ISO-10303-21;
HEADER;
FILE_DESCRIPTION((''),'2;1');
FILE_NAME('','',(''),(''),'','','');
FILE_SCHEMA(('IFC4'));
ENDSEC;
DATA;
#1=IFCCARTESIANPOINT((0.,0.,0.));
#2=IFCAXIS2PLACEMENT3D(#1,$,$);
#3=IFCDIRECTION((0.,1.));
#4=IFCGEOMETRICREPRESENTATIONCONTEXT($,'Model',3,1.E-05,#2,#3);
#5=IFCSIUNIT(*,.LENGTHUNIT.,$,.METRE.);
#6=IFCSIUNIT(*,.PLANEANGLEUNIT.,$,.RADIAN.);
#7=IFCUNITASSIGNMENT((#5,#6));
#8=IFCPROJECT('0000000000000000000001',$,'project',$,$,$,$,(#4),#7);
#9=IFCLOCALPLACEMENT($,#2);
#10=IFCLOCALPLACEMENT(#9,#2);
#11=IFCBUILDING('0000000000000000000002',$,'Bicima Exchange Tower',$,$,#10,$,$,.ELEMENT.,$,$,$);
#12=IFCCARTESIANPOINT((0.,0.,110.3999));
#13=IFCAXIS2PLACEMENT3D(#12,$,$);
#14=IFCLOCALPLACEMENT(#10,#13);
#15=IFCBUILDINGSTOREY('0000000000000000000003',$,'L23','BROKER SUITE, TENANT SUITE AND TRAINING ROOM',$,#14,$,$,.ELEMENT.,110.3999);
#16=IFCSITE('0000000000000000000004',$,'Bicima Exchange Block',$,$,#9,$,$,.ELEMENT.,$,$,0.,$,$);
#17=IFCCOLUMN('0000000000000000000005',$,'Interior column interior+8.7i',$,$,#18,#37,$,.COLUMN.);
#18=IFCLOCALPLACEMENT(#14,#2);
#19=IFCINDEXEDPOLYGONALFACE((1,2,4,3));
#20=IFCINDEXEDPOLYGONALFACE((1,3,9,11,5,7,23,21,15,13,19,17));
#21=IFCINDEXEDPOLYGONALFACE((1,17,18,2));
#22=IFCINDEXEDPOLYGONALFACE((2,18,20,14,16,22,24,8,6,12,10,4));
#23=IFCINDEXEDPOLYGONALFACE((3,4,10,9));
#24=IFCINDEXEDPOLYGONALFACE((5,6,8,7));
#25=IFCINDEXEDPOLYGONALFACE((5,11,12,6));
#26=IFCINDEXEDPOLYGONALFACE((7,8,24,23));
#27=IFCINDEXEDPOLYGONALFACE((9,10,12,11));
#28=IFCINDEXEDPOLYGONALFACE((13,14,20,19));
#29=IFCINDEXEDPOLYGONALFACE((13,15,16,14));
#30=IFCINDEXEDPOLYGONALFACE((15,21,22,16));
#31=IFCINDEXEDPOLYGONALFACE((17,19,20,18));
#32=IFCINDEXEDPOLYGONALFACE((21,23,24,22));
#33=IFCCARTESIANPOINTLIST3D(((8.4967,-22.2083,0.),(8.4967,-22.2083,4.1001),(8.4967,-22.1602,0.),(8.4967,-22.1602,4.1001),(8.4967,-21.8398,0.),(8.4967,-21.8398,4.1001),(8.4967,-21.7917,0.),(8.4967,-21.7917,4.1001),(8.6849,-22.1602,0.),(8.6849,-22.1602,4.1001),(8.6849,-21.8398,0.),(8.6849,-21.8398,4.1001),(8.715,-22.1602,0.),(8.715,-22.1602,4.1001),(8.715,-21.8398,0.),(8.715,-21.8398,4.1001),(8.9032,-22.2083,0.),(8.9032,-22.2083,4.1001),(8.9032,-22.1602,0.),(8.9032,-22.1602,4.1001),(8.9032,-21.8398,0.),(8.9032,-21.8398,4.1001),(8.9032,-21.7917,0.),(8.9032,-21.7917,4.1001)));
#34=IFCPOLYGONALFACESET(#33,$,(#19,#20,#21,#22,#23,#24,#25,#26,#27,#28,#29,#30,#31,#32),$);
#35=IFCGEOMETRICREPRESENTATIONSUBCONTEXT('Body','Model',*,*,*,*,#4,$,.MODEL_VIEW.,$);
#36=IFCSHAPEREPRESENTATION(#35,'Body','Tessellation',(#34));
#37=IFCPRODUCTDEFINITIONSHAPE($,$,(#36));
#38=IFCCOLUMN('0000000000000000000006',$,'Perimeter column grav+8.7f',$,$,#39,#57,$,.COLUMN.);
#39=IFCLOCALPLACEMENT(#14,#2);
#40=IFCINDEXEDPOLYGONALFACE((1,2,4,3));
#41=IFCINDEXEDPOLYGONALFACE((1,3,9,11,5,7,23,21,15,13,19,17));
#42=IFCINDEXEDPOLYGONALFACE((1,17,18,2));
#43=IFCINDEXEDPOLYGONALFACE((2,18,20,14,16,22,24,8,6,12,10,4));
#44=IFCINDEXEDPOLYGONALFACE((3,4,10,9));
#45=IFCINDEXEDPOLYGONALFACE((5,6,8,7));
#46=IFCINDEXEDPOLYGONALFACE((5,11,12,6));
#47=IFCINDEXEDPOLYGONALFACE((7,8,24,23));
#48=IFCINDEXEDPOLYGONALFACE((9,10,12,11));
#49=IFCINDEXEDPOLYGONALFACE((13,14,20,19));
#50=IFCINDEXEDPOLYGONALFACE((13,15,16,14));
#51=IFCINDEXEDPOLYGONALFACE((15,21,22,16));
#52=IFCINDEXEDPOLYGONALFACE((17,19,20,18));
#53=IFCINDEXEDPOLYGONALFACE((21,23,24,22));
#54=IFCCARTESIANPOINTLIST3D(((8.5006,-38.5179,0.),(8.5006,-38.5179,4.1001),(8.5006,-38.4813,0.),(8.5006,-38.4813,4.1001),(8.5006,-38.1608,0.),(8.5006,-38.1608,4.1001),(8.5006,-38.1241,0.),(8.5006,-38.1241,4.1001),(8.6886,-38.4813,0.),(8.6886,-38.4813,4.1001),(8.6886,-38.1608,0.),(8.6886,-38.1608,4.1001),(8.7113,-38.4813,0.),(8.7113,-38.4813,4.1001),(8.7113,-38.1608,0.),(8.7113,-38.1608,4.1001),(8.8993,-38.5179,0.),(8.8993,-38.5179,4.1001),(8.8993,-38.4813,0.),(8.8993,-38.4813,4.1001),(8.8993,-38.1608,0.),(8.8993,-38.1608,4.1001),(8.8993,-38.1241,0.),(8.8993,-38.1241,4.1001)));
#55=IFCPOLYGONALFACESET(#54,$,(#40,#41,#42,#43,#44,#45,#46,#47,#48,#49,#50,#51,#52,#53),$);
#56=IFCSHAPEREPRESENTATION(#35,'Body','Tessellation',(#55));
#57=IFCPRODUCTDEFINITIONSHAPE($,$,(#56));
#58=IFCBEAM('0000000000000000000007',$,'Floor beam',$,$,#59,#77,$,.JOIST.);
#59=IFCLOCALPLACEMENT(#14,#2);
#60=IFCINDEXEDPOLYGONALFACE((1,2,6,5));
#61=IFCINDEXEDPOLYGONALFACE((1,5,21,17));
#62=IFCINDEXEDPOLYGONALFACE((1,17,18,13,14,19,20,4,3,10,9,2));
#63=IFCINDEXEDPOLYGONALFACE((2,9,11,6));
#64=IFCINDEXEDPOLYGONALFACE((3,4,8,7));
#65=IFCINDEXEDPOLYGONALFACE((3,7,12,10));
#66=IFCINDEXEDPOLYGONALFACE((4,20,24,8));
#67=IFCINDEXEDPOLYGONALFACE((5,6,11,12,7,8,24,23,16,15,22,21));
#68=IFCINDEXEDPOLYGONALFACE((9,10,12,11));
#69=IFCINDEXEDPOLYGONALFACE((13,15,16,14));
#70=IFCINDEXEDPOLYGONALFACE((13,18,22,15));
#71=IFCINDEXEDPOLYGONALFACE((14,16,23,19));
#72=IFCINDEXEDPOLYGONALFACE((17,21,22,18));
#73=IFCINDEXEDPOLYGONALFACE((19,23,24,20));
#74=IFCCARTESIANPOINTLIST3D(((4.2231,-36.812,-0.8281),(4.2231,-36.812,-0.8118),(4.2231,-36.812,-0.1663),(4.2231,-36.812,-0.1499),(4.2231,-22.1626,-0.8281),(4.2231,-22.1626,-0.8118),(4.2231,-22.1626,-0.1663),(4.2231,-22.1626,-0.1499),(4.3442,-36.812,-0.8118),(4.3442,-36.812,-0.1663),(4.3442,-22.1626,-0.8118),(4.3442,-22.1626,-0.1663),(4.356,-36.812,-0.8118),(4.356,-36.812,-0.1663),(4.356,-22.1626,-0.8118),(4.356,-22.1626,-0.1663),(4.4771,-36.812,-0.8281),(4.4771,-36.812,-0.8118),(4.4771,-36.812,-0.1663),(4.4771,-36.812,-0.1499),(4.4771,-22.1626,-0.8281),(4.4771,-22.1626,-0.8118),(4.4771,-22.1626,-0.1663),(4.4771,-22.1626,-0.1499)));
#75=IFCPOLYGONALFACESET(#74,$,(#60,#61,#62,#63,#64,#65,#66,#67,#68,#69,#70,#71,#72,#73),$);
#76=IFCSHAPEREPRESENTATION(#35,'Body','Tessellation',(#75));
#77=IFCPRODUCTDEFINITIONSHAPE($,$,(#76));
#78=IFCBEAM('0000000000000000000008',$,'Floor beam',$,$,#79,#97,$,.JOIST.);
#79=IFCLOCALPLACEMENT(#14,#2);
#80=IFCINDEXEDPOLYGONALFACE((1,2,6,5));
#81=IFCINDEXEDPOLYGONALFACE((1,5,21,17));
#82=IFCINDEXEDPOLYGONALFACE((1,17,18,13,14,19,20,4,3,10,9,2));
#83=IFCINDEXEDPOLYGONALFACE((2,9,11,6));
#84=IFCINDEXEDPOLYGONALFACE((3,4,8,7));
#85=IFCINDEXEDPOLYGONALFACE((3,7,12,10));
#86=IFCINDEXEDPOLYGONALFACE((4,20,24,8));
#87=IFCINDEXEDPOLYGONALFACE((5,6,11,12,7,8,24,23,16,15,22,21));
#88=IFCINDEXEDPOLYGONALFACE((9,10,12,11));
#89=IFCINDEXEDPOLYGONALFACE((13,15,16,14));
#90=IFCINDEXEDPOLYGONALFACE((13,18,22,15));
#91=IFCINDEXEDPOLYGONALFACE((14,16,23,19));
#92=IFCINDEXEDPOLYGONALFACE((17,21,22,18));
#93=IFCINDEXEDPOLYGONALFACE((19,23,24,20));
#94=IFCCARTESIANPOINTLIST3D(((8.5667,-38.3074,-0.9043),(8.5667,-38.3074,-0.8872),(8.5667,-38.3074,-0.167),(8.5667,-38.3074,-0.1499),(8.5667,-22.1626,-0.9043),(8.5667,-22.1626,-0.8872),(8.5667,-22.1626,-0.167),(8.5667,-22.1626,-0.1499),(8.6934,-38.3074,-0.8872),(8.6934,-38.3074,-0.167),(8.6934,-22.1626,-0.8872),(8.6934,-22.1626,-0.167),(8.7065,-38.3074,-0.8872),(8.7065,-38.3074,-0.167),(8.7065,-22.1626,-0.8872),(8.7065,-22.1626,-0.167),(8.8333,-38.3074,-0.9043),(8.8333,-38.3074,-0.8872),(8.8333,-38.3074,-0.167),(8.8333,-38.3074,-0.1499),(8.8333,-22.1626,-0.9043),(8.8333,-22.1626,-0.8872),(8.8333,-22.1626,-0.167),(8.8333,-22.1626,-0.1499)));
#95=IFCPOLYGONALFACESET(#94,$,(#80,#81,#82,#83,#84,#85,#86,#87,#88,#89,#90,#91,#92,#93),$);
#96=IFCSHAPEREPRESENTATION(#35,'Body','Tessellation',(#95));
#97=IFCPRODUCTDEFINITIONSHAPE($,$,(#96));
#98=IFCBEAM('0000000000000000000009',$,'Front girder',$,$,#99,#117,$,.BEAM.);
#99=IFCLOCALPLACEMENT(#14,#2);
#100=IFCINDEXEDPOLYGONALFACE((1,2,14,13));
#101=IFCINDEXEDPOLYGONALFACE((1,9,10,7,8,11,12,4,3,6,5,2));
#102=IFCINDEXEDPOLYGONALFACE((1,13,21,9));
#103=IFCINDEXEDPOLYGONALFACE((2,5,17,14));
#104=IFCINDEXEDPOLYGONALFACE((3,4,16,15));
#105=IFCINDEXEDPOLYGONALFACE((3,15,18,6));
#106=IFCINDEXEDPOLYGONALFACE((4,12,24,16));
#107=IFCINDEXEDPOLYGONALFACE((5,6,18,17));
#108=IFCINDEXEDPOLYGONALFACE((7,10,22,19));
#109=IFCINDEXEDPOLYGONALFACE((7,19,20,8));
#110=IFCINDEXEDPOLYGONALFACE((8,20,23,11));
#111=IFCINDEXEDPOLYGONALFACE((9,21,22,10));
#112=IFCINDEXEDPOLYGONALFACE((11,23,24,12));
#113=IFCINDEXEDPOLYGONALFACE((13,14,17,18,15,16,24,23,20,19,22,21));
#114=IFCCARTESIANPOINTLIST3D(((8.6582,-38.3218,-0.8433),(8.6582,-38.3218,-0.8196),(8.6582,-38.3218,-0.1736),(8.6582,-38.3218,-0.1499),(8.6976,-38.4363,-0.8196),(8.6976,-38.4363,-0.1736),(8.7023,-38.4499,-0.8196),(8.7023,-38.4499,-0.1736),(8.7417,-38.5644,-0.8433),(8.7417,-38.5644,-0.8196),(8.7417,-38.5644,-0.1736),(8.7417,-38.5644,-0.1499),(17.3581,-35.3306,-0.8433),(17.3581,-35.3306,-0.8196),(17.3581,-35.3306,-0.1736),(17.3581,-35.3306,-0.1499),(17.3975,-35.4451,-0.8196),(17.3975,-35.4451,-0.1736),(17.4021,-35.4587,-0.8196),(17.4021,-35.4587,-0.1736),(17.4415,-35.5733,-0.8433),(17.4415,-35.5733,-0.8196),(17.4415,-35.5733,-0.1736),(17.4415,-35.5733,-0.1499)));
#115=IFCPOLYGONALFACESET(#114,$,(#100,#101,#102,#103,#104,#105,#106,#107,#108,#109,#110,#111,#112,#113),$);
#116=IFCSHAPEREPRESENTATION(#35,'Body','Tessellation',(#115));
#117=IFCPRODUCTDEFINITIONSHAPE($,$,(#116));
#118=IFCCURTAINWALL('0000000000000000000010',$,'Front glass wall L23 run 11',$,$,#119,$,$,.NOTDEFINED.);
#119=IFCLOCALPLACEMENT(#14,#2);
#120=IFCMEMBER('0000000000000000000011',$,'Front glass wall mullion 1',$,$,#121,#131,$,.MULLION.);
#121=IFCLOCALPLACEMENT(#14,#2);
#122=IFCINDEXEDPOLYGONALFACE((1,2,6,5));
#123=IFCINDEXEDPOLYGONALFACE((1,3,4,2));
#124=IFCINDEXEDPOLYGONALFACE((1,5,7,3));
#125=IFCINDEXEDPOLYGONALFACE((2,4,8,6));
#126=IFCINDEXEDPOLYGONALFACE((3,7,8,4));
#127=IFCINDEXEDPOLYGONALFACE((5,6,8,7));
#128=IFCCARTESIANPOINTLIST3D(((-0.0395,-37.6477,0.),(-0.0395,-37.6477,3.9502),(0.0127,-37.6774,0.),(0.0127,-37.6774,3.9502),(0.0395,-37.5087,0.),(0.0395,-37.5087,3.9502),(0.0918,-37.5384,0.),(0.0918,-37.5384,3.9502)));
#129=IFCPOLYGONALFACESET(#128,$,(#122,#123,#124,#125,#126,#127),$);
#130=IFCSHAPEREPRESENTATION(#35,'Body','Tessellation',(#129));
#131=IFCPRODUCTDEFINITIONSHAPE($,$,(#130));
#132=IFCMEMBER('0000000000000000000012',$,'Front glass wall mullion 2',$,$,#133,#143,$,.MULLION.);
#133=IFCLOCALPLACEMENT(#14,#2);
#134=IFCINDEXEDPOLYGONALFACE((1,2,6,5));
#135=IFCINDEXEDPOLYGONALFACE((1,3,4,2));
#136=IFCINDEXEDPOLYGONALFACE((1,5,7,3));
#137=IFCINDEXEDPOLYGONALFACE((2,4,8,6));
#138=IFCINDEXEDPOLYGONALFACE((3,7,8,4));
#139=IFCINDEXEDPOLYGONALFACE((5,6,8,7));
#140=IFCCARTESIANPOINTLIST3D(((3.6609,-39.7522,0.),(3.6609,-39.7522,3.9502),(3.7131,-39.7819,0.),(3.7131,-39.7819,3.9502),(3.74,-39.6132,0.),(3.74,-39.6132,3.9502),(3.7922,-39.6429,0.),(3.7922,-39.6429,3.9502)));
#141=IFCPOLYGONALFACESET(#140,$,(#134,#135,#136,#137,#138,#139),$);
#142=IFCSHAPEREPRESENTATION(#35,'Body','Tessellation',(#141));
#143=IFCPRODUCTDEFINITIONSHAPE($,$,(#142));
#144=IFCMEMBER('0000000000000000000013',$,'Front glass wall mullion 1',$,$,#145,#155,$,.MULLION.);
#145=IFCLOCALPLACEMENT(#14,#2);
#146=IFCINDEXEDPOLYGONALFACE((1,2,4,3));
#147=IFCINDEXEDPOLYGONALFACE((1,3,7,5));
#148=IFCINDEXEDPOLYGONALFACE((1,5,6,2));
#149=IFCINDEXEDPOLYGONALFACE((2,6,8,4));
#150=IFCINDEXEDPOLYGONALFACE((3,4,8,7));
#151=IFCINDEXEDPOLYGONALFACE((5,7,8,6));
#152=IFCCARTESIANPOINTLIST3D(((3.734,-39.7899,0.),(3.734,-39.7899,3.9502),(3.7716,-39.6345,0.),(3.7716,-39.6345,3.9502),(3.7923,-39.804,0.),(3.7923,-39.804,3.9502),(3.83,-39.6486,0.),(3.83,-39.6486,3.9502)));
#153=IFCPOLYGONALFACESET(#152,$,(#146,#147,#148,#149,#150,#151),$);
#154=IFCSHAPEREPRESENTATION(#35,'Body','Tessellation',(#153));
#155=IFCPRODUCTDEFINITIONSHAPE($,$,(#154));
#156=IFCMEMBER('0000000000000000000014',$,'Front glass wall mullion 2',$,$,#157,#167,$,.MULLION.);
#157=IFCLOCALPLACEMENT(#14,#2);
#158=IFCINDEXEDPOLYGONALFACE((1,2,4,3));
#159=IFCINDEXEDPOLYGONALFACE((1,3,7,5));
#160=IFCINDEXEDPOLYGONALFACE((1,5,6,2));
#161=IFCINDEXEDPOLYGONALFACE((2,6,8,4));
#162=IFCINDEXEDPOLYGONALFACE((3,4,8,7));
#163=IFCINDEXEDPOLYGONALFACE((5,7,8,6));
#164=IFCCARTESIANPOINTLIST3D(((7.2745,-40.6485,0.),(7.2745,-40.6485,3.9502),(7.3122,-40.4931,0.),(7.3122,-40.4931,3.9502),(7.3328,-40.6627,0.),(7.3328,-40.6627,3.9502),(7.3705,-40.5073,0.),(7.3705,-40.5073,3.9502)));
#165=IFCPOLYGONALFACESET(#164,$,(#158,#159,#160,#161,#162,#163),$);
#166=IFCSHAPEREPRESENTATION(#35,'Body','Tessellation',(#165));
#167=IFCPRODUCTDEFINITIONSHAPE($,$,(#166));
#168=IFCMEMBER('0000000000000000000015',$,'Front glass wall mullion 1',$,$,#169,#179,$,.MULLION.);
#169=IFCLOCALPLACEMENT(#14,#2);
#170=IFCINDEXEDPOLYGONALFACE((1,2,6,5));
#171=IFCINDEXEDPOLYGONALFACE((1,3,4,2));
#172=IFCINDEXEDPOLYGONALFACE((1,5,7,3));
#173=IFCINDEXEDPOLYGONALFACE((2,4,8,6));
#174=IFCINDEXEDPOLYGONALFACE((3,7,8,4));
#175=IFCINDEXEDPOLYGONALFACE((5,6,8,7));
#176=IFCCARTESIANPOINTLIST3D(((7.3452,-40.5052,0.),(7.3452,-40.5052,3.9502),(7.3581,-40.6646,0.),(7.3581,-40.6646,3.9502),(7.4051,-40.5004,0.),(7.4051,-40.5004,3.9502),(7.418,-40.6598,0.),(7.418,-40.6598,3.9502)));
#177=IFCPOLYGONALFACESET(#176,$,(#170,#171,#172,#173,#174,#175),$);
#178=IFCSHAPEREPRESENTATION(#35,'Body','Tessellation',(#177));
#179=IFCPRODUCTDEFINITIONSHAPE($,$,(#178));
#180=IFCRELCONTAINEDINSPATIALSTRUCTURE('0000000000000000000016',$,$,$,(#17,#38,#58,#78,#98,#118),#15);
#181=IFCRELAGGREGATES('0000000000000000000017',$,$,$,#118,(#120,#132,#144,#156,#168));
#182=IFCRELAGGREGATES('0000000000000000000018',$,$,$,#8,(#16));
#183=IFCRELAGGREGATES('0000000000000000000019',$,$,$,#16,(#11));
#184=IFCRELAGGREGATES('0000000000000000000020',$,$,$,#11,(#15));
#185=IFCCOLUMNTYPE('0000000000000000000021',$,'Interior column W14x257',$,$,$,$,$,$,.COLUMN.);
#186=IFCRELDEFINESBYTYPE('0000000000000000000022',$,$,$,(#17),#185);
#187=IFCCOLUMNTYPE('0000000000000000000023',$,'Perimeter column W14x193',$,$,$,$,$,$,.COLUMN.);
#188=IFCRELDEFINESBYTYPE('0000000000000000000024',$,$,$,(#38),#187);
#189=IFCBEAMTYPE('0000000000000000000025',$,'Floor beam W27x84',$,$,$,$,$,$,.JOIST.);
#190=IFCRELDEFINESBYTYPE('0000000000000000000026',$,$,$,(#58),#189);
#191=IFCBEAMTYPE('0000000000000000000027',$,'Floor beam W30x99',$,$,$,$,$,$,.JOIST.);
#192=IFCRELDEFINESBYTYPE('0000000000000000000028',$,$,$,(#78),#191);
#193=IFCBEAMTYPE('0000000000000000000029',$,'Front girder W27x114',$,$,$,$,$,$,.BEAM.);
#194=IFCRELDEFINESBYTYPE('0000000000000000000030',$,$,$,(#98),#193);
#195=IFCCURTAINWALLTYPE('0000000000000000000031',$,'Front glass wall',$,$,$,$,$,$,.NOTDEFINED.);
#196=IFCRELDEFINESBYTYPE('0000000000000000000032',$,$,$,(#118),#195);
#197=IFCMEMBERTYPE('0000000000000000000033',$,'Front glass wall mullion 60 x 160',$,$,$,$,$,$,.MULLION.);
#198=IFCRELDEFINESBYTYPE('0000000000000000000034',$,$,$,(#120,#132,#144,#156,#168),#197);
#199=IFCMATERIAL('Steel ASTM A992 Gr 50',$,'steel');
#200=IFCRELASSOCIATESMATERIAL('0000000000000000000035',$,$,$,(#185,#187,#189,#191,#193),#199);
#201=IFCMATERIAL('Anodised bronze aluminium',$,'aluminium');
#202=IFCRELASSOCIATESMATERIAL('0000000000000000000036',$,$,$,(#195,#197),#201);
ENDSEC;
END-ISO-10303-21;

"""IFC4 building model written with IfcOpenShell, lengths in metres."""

from ifc_helpers import new_model, si_unit, direction, frame, origin, origin_2d, place, context, subcontext, project, spatial, rectangle, i_section, extrude, material, material_profile, profile_set, type_object, element, aggregate, save


model = new_model("IFC4")

# Units and contexts
model_context = context("Model", 3, precision=1e-05, world=origin(), true_north=direction((0.0, 1.0)))
body_context = subcontext(model_context, "Body", "Model", "MODEL_VIEW")
ifc_project = project(units=[si_unit("LENGTHUNIT", "METRE"), si_unit("PLANEANGLEUNIT", "RADIAN")], contexts=[model_context])

# Site, building, storey
site_placement = place(None, origin())
site = spatial("IfcSite", under=ifc_project, at=site_placement, Name="Bicima Exchange Block", CompositionType="ELEMENT", RefElevation=0.0)
building_placement = place(site_placement, origin())
building = spatial("IfcBuilding", under=site, at=building_placement, Name="Bicima Exchange Tower", CompositionType="ELEMENT")
storey_placement = place(building_placement, frame((0.0, 0.0, 110.3999)))
storey = spatial("IfcBuildingStorey", under=building, at=storey_placement, Name="L23", Description="BROKER SUITE, TENANT SUITE AND TRAINING ROOM", CompositionType="ELEMENT", Elevation=110.3999)

# Columns
ifc_material_1 = material(Name="Steel ASTM A992 Gr 50", Category="steel")
ifc_material_profile_1 = material_profile(ifc_material_1, i_section(OverallWidth=0.4065, OverallDepth=0.4165, WebThickness=0.03, FlangeThickness=0.0481, at=origin_2d()))
ifc_profile_set_1 = profile_set([ifc_material_profile_1], Name="Steel ASTM A992 Gr 50")
column_type_1 = type_object("IfcColumnType", Name="Interior column W14x257", PredefinedType="COLUMN", material=ifc_profile_set_1)
column_1_placement = place(storey_placement, frame((8.7, -22.0, 0.0), z_axis=(0.0, 0.0, 1.0), x_axis=(1.0, 0.0, 0.0)))
element("IfcColumn", 1, at=column_1_placement, inside=storey, type_object=column_type_1, Name="Interior column interior+8.7i", PredefinedType="COLUMN", context=body_context, shape_type="SweptSolid", body=[
    extrude(i_section(OverallWidth=0.4065, OverallDepth=0.4165, WebThickness=0.03, FlangeThickness=0.0481, at=origin_2d()), origin(), (0.0, 0.0, 1.0), 4.1001),
])
ifc_material_profile_2 = material_profile(ifc_material_1, i_section(OverallWidth=0.3987, OverallDepth=0.3938, WebThickness=0.0227, FlangeThickness=0.0366, at=origin_2d()))
ifc_profile_set_2 = profile_set([ifc_material_profile_2], Name="Steel ASTM A992 Gr 50")
column_type_2 = type_object("IfcColumnType", Name="Perimeter column W14x193", PredefinedType="COLUMN", material=ifc_profile_set_2)
column_2_placement = place(storey_placement, frame((8.7, -38.321, 0.0), z_axis=(0.0, 0.0, 1.0), x_axis=(1.0, 0.0, 0.0)))
element("IfcColumn", 2, at=column_2_placement, inside=storey, type_object=column_type_2, Name="Perimeter column grav+8.7f", PredefinedType="COLUMN", context=body_context, shape_type="SweptSolid", body=[
    extrude(i_section(OverallWidth=0.3987, OverallDepth=0.3938, WebThickness=0.0227, FlangeThickness=0.0366, at=origin_2d()), origin(), (0.0, 0.0, 1.0), 4.1001),
])

# Beams
ifc_material_profile_3 = material_profile(ifc_material_1, i_section(OverallWidth=0.2539, OverallDepth=0.6782, WebThickness=0.0117, FlangeThickness=0.0164, at=origin_2d()))
ifc_profile_set_3 = profile_set([ifc_material_profile_3], Name="Steel ASTM A992 Gr 50")
beam_type_1 = type_object("IfcBeamType", Name="Floor beam W27x84", PredefinedType="JOIST", material=ifc_profile_set_3)
beam_1_placement = place(storey_placement, frame((4.3501, -22.1626, -0.489), z_axis=(0.0, -1.0, 0.0), x_axis=(1.0, 0.0, 0.0)))
element("IfcBeam", 3, at=beam_1_placement, inside=storey, type_object=beam_type_1, Name="Floor beam", PredefinedType="JOIST", context=body_context, shape_type="SweptSolid", body=[
    extrude(i_section(OverallWidth=0.2539, OverallDepth=0.6782, WebThickness=0.0117, FlangeThickness=0.0164, at=origin_2d()), origin(), (0.0, 0.0, 1.0), 14.6494),
])
ifc_material_profile_4 = material_profile(ifc_material_1, i_section(OverallWidth=0.2666, OverallDepth=0.7544, WebThickness=0.0132, FlangeThickness=0.0171, at=origin_2d()))
ifc_profile_set_4 = profile_set([ifc_material_profile_4], Name="Steel ASTM A992 Gr 50")
beam_type_2 = type_object("IfcBeamType", Name="Floor beam W30x99", PredefinedType="JOIST", material=ifc_profile_set_4)
beam_2_placement = place(storey_placement, frame((8.7, -22.1626, -0.5271), z_axis=(0.0, -1.0, 0.0), x_axis=(1.0, 0.0, 0.0)))
element("IfcBeam", 4, at=beam_2_placement, inside=storey, type_object=beam_type_2, Name="Floor beam", PredefinedType="JOIST", context=body_context, shape_type="SweptSolid", body=[
    extrude(i_section(OverallWidth=0.2666, OverallDepth=0.7544, WebThickness=0.0132, FlangeThickness=0.0171, at=origin_2d()), origin(), (0.0, 0.0, 1.0), 16.1448),
])
ifc_material_profile_5 = material_profile(ifc_material_1, i_section(OverallWidth=0.2566, OverallDepth=0.6934, WebThickness=0.0144, FlangeThickness=0.0237, at=origin_2d()))
ifc_profile_set_5 = profile_set([ifc_material_profile_5], Name="Steel ASTM A992 Gr 50")
beam_type_3 = type_object("IfcBeamType", Name="Front girder W27x114", PredefinedType="BEAM", material=ifc_profile_set_5)
beam_3_placement = place(storey_placement, frame((8.7, -38.4431, -0.4966), z_axis=(0.945666, 0.325138, 0.0), x_axis=(-0.325138, 0.945666, 0.0)))
element("IfcBeam", 5, at=beam_3_placement, inside=storey, type_object=beam_type_3, Name="Front girder", PredefinedType="BEAM", context=body_context, shape_type="SweptSolid", body=[
    extrude(i_section(OverallWidth=0.2566, OverallDepth=0.6934, WebThickness=0.0144, FlangeThickness=0.0237, at=origin_2d()), origin(), (0.0, 0.0, 1.0), 9.1997),
])

# Curtain wall, members
ifc_material_2 = material(Name="Anodised bronze aluminium", Category="aluminium")
curtain_wall_type = type_object("IfcCurtainWallType", Name="Front glass wall", PredefinedType="NOTDEFINED", material=ifc_material_2)
curtain_wall_placement = place(storey_placement, origin())
curtain_wall = element("IfcCurtainWall", 6, at=curtain_wall_placement, inside=storey, type_object=curtain_wall_type, Name="Front glass wall L23 run 11", PredefinedType="NOTDEFINED")
ifc_material_profile_6 = material_profile(ifc_material_2, rectangle(XDim=0.1599, YDim=0.0601, at=origin_2d()))
ifc_profile_set_6 = profile_set([ifc_material_profile_6], Name="Anodised bronze aluminium")
member_type_1 = type_object("IfcMemberType", Name="Front glass wall mullion 60 x 160", PredefinedType="MULLION", material=ifc_profile_set_6)
member_1_placement = place(storey_placement, frame((0.0261, -37.593, 0.0), z_axis=(0.0, 0.0, 1.0), x_axis=(0.49433, 0.869274, 0.0)))
member_1 = element("IfcMember", 7, at=member_1_placement, type_object=member_type_1, Name="Front glass wall mullion 1", PredefinedType="MULLION", context=body_context, shape_type="SweptSolid", body=[
    extrude(rectangle(XDim=0.1599, YDim=0.0601, at=origin_2d()), origin(), (0.0, 0.0, 1.0), 3.9502),
])
member_2_placement = place(storey_placement, frame((3.7266, -39.6975, 0.0), z_axis=(0.0, 0.0, 1.0), x_axis=(0.49433, 0.869274, 0.0)))
member_2 = element("IfcMember", 8, at=member_2_placement, type_object=member_type_1, Name="Front glass wall mullion 2", PredefinedType="MULLION", context=body_context, shape_type="SweptSolid", body=[
    extrude(rectangle(XDim=0.1599, YDim=0.0601, at=origin_2d()), origin(), (0.0, 0.0, 1.0), 3.9502),
])
member_3_placement = place(storey_placement, frame((3.782, -39.7192, 0.0), z_axis=(0.0, 0.0, 1.0), x_axis=(0.235682, 0.97183, 0.0)))
member_3 = element("IfcMember", 9, at=member_3_placement, type_object=member_type_1, Name="Front glass wall mullion 1", PredefinedType="MULLION", context=body_context, shape_type="SweptSolid", body=[
    extrude(rectangle(XDim=0.1599, YDim=0.0601, at=origin_2d()), origin(), (0.0, 0.0, 1.0), 3.9502),
])
member_4_placement = place(storey_placement, frame((7.3225, -40.5779, 0.0), z_axis=(0.0, 0.0, 1.0), x_axis=(0.235682, 0.97183, 0.0)))
member_4 = element("IfcMember", 10, at=member_4_placement, type_object=member_type_1, Name="Front glass wall mullion 2", PredefinedType="MULLION", context=body_context, shape_type="SweptSolid", body=[
    extrude(rectangle(XDim=0.1599, YDim=0.0601, at=origin_2d()), origin(), (0.0, 0.0, 1.0), 3.9502),
])
member_5_placement = place(storey_placement, frame((7.3816, -40.5825, 0.0), z_axis=(0.0, 0.0, 1.0), x_axis=(-0.080589, 0.996747, 0.0)))
member_5 = element("IfcMember", 11, at=member_5_placement, type_object=member_type_1, Name="Front glass wall mullion 1", PredefinedType="MULLION", context=body_context, shape_type="SweptSolid", body=[
    extrude(rectangle(XDim=0.1599, YDim=0.0601, at=origin_2d()), origin(), (0.0, 0.0, 1.0), 3.9502),
])

aggregate(curtain_wall, [member_1, member_2, member_3, member_4, member_5])

save(model, "model.ifc")
